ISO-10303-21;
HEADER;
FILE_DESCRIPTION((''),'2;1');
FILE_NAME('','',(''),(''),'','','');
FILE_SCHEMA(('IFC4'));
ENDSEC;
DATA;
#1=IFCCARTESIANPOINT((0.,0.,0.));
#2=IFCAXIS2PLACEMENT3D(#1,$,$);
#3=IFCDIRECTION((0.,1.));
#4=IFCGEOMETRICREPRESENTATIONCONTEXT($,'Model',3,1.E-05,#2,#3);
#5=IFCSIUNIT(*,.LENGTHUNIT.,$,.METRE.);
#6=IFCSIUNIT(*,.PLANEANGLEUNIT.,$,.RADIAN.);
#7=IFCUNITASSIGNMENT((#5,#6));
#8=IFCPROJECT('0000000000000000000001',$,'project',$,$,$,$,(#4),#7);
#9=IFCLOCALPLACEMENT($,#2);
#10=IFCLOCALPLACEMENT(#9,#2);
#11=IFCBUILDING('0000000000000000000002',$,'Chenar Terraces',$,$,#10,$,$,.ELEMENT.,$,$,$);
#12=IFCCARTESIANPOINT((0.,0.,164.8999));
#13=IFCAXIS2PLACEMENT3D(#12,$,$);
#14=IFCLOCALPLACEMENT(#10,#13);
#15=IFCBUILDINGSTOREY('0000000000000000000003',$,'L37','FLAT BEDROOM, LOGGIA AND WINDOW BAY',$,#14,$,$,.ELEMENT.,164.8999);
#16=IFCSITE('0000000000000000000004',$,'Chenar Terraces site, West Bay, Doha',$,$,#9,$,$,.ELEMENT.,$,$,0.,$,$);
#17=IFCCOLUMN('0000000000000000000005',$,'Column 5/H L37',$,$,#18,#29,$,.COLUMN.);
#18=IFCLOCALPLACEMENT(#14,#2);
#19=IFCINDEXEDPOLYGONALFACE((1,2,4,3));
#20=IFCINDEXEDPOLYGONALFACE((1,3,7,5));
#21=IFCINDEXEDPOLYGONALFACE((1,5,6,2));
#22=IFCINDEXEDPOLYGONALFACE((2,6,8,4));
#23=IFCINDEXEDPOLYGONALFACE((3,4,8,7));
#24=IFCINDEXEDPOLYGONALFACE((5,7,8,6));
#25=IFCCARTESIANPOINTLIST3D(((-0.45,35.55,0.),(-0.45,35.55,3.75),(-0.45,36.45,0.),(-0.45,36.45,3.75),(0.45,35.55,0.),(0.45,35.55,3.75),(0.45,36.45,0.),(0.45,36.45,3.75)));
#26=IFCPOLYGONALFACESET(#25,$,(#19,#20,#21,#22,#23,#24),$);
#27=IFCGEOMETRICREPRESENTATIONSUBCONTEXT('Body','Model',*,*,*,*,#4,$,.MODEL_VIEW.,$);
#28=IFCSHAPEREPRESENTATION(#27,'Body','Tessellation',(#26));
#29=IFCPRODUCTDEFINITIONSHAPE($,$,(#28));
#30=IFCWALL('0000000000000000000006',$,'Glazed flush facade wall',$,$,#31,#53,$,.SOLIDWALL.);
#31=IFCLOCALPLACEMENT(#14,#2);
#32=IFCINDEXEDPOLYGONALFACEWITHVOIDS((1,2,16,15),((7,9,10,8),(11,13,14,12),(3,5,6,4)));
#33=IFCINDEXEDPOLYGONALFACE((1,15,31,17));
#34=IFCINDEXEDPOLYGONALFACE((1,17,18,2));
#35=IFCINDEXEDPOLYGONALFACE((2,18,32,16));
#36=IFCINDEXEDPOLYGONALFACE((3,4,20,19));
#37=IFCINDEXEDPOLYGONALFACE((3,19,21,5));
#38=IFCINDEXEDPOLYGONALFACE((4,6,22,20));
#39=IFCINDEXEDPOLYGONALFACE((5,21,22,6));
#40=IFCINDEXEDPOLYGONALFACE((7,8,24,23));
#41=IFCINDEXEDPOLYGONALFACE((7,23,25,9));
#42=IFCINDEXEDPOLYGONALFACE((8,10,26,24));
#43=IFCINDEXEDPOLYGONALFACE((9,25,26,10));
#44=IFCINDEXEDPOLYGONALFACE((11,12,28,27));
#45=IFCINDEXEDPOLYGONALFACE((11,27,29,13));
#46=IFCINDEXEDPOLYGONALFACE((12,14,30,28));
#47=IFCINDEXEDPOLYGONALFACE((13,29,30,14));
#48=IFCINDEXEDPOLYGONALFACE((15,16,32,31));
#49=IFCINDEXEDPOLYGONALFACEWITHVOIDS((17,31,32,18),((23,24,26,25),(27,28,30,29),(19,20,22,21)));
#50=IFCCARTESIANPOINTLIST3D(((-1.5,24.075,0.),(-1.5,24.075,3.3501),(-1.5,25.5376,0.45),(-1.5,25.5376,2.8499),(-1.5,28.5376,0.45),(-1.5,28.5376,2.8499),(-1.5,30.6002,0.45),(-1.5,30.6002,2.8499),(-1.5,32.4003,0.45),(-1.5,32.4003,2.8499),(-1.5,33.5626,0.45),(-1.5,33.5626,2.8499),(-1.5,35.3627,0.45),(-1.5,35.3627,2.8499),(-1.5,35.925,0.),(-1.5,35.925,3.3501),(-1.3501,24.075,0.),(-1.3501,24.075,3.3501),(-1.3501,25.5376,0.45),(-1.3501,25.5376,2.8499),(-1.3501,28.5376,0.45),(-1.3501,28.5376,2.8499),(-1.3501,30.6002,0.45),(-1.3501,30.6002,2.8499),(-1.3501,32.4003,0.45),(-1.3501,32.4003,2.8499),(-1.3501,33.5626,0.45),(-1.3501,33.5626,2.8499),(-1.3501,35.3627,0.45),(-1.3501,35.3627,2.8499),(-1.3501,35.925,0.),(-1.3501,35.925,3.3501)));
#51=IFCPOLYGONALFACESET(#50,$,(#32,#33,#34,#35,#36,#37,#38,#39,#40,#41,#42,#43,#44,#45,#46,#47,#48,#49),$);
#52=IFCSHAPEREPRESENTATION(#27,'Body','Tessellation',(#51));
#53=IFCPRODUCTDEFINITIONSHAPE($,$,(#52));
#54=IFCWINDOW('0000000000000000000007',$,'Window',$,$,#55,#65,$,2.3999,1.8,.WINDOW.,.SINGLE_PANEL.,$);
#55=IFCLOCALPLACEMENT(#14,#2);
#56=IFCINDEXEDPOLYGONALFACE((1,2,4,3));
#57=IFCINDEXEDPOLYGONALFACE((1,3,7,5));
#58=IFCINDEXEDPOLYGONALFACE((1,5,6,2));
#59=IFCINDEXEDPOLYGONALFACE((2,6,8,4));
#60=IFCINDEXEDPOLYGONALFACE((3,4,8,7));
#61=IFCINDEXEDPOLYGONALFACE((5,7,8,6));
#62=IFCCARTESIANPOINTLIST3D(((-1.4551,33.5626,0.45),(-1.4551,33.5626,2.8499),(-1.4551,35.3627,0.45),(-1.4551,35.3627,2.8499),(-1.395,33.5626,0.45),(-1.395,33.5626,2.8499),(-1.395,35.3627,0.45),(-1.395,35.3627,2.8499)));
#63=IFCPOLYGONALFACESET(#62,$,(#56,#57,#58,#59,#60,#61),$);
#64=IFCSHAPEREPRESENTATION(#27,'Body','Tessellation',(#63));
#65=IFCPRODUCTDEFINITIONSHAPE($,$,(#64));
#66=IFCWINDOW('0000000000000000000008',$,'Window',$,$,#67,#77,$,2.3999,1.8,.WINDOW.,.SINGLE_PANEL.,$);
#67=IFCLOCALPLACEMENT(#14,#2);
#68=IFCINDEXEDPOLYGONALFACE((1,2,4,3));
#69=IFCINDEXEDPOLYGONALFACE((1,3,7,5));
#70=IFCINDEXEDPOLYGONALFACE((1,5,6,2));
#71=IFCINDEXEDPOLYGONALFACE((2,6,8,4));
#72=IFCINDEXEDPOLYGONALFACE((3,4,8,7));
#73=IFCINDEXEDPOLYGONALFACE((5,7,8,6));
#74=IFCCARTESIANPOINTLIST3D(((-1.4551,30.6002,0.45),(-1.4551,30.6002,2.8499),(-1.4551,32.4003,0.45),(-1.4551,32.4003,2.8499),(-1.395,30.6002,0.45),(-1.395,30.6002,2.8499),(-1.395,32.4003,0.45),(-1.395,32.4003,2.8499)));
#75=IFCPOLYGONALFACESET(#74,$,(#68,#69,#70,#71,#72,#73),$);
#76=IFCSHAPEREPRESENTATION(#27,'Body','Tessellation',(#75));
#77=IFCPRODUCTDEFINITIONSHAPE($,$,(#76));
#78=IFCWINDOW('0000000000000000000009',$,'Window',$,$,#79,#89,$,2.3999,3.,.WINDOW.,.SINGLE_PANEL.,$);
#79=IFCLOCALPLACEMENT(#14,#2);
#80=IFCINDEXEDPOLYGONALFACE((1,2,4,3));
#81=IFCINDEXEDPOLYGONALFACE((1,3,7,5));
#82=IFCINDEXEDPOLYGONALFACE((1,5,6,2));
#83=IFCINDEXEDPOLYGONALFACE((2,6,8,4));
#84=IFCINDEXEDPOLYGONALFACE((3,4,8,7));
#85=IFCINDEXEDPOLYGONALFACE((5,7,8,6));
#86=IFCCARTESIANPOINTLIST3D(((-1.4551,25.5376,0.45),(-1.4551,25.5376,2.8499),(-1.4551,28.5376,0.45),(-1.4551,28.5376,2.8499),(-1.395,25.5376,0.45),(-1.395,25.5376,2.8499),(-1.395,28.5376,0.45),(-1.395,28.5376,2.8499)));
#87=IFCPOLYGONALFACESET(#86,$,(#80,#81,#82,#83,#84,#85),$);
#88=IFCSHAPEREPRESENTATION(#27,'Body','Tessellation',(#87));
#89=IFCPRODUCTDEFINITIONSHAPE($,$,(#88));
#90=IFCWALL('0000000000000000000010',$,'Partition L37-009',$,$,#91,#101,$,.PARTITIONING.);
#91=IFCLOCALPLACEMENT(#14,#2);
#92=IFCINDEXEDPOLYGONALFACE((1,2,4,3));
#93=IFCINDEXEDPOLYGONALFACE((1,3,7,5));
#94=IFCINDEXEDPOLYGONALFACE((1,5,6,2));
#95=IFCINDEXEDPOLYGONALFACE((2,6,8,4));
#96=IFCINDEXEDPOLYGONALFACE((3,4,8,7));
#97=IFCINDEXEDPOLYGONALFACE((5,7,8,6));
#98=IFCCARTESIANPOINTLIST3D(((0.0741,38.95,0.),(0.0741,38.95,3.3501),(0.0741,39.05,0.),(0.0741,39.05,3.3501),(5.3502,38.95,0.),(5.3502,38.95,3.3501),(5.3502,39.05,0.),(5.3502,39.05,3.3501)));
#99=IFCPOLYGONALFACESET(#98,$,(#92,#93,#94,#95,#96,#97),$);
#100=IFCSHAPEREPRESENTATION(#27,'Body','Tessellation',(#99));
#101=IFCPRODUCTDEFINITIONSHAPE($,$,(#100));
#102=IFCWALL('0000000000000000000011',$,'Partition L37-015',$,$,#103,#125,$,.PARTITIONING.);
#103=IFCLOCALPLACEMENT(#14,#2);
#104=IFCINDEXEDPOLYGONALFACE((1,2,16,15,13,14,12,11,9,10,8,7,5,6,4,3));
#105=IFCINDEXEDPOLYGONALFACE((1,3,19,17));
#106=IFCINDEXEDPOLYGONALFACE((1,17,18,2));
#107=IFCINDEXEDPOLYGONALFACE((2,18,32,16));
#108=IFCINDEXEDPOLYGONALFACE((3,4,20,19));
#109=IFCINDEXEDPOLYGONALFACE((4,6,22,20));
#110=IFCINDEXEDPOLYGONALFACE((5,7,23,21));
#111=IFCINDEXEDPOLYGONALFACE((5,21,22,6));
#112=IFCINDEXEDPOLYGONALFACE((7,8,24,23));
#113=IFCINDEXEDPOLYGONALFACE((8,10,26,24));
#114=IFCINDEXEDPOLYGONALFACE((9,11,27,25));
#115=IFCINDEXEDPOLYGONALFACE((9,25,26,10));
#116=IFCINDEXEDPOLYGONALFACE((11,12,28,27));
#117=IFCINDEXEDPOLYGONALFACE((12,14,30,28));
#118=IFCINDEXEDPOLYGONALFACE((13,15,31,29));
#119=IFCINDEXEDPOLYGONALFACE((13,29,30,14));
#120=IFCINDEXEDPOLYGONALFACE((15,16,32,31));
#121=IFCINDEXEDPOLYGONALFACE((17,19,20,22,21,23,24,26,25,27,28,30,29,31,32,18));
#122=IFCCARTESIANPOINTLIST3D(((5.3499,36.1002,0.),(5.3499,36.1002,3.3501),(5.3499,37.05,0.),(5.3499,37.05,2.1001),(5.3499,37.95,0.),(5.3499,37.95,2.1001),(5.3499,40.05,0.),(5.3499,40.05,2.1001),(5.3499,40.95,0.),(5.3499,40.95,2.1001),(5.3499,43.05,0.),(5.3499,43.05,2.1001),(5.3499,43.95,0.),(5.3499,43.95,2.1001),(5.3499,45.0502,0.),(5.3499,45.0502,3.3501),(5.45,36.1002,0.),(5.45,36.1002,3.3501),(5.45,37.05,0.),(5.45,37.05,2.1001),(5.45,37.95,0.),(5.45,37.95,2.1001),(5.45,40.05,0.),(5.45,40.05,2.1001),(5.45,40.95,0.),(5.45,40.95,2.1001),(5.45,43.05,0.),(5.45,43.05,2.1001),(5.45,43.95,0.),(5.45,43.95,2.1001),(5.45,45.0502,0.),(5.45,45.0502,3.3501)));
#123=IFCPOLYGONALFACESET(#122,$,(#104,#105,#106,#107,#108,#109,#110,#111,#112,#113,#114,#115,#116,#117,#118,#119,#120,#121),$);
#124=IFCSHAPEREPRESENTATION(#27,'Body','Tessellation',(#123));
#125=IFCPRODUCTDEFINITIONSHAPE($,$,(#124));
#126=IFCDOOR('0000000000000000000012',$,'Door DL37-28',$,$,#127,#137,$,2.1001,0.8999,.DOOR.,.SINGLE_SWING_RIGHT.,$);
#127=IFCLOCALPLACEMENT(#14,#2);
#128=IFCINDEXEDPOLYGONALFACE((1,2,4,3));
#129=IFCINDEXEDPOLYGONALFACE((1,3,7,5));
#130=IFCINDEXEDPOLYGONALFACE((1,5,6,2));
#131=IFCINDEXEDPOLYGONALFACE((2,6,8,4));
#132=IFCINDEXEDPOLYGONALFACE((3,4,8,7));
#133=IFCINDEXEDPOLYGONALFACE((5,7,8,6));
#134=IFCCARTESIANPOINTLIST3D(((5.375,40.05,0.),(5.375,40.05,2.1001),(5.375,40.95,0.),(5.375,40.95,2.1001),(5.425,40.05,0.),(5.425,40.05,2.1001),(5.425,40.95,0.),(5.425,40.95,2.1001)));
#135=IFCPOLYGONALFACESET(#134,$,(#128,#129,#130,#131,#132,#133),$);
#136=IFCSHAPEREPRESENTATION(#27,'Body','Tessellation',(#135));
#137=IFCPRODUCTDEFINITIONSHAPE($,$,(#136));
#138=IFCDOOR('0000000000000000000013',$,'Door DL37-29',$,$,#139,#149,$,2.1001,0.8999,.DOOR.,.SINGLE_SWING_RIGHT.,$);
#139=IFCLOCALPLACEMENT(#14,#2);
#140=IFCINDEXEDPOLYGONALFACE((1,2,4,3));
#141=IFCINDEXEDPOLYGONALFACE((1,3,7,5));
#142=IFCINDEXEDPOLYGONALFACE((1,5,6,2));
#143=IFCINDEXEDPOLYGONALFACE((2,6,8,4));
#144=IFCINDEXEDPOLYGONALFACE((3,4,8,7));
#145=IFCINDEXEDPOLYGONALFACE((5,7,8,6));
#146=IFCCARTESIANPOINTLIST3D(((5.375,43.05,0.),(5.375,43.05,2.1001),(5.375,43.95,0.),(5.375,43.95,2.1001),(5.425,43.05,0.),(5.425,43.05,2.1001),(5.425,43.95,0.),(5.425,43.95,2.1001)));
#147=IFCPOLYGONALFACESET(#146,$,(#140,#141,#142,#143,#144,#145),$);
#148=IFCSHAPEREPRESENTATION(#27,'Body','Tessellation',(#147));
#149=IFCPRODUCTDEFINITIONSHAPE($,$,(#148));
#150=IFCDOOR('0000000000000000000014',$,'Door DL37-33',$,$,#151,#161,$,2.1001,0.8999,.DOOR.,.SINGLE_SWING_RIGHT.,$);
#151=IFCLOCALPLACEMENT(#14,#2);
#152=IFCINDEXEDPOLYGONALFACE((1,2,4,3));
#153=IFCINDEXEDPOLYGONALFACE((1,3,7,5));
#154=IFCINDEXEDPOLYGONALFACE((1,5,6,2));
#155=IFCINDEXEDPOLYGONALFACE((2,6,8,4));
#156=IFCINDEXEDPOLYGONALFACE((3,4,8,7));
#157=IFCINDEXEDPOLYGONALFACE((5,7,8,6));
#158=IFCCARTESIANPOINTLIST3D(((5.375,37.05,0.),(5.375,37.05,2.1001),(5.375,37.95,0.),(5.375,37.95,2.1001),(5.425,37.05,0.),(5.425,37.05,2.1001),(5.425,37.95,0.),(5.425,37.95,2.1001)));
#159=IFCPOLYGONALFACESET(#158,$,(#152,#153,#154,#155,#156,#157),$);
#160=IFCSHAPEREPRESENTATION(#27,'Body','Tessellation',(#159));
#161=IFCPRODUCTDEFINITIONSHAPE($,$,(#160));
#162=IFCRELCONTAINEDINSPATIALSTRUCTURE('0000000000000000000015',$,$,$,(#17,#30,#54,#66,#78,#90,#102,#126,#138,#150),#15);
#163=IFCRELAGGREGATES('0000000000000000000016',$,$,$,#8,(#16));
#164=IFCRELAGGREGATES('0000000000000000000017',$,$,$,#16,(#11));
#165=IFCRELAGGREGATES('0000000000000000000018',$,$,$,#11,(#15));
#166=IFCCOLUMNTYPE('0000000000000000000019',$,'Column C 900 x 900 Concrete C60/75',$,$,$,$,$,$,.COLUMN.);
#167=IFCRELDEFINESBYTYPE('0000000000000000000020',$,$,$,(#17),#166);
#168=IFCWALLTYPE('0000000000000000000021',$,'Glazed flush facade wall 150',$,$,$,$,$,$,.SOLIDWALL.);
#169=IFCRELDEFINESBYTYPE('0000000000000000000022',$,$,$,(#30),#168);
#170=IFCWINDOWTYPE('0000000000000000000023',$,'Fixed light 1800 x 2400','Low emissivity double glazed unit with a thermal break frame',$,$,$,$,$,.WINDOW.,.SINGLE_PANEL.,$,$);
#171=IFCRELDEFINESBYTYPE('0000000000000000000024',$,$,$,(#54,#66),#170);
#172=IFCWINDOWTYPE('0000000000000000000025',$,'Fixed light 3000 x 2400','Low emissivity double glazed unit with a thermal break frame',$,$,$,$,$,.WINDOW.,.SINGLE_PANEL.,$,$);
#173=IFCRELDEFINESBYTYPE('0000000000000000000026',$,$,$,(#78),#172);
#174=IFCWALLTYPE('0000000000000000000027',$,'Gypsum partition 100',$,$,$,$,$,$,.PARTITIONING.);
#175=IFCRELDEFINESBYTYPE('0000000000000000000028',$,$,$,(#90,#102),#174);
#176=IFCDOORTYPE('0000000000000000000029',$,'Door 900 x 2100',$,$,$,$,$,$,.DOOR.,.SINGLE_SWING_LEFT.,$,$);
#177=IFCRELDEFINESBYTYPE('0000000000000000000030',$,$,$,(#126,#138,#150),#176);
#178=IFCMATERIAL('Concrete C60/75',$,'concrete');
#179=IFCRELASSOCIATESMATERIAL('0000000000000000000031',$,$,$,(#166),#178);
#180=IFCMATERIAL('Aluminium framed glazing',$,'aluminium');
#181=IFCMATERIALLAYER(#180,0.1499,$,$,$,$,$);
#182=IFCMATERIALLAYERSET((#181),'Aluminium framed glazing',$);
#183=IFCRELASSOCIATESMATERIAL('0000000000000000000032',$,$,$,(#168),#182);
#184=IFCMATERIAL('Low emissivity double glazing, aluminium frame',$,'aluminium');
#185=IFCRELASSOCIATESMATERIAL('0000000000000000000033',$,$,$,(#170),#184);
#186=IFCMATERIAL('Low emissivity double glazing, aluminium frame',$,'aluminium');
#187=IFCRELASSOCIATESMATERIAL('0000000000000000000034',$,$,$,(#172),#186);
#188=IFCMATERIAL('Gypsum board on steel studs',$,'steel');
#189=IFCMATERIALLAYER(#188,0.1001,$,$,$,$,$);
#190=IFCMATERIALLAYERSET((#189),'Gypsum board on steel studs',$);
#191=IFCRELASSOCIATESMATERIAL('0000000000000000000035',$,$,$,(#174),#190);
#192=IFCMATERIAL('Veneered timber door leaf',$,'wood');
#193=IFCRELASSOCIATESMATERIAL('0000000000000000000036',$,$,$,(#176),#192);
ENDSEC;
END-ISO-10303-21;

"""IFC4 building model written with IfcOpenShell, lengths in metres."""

from ifc_helpers import new_model, si_unit, direction, frame, frame_2d, origin, origin_2d, place, context, subcontext, project, spatial, rectangle, extrude, material, layer, layer_set, material_profile, profile_set, type_object, element, fill, save


model = new_model("IFC4")

# Units and contexts
model_context = context("Model", 3, precision=1e-05, world=origin(), true_north=direction((0.0, 1.0)))
body_context = subcontext(model_context, "Body", "Model", "MODEL_VIEW")
ifc_project = project(units=[si_unit("LENGTHUNIT", "METRE"), si_unit("PLANEANGLEUNIT", "RADIAN")], contexts=[model_context])

# Site, building, storey
site_placement = place(None, origin())
site = spatial("IfcSite", under=ifc_project, at=site_placement, Name="Chenar Terraces site, West Bay, Doha", CompositionType="ELEMENT", RefElevation=0.0)
building_placement = place(site_placement, origin())
building = spatial("IfcBuilding", under=site, at=building_placement, Name="Chenar Terraces", CompositionType="ELEMENT")
storey_placement = place(building_placement, frame((0.0, 0.0, 164.8999)))
storey = spatial("IfcBuildingStorey", under=building, at=storey_placement, Name="L37", Description="FLAT BEDROOM, LOGGIA AND WINDOW BAY", CompositionType="ELEMENT", Elevation=164.8999)

# Column
ifc_material_1 = material(Name="Concrete C60/75", Category="concrete")
ifc_material_profile_1 = material_profile(ifc_material_1, rectangle(XDim=0.8999, YDim=0.8999, at=origin_2d()), Name="C 900 x 900")
ifc_profile_set_1 = profile_set([ifc_material_profile_1], Name="Concrete C60/75")
column_type = type_object("IfcColumnType", Name="Column C 900 x 900 Concrete C60/75", PredefinedType="COLUMN", material=ifc_profile_set_1)
placement = place(storey_placement, frame((0.0, 36.0, 0.0), z_axis=(0.0, 0.0, 1.0), x_axis=(1.0, 0.0, 0.0)))
element("IfcColumn", 1, at=placement, inside=storey, type_object=column_type, Name="Column 5/H L37", PredefinedType="COLUMN", context=body_context, shape_type="SweptSolid", body=[
    extrude(rectangle(XDim=0.8999, YDim=0.8999, at=origin_2d()), origin(), (0.0, 0.0, 1.0), 3.75),
])

# Wall, openings, windows
ifc_material_2 = material(Name="Aluminium framed glazing", Category="aluminium")
ifc_layer_1 = layer(ifc_material_2, 0.1499)
ifc_layer_set_1 = layer_set([ifc_layer_1], Name="Aluminium framed glazing")
wall_type_1 = type_object("IfcWallType", Name="Glazed flush facade wall 150", PredefinedType="SOLIDWALL", material=ifc_layer_set_1)
wall_1_placement = place(storey_placement, frame((-1.425, 35.925, 0.0), z_axis=(0.0, 0.0, 1.0), x_axis=(0.0, -1.0, 0.0)))
wall_1 = element("IfcWall", 2, at=wall_1_placement, inside=storey, type_object=wall_type_1, Name="Glazed flush facade wall", PredefinedType="SOLIDWALL", context=body_context, shape_type="SweptSolid", body=[
    extrude(rectangle(XDim=11.8501, YDim=0.1499, at=frame_2d((5.925, 0.0))), origin(), (0.0, 0.0, 1.0), 3.3501),
])
opening_1_placement = place(wall_1_placement, frame((0.5625, 0.0, 0.45)))
opening_1 = element("IfcOpeningElement", 3, at=opening_1_placement, cuts=wall_1, PredefinedType="OPENING", context=body_context, shape_type="SweptSolid", body=[
    extrude(rectangle(XDim=1.8, YDim=2.3999, at=frame_2d((0.8999, 1.2))), frame((0.0, 0.085, 0.0), z_axis=(0.0, -1.0, 0.0), x_axis=(1.0, 0.0, 0.0)), (0.0, 0.0, 1.0), 0.1699),
])
opening_2_placement = place(wall_1_placement, frame((3.5249, 0.0, 0.45)))
opening_2 = element("IfcOpeningElement", 4, at=opening_2_placement, cuts=wall_1, PredefinedType="OPENING", context=body_context, shape_type="SweptSolid", body=[
    extrude(rectangle(XDim=1.8, YDim=2.3999, at=frame_2d((0.8999, 1.2))), frame((0.0, 0.085, 0.0), z_axis=(0.0, -1.0, 0.0), x_axis=(1.0, 0.0, 0.0)), (0.0, 0.0, 1.0), 0.1699),
])
opening_3_placement = place(wall_1_placement, frame((7.3875, 0.0, 0.45)))
opening_3 = element("IfcOpeningElement", 5, at=opening_3_placement, cuts=wall_1, PredefinedType="OPENING", context=body_context, shape_type="SweptSolid", body=[
    extrude(rectangle(XDim=3.0, YDim=2.3999, at=frame_2d((1.5, 1.2))), frame((0.0, 0.085, 0.0), z_axis=(0.0, -1.0, 0.0), x_axis=(1.0, 0.0, 0.0)), (0.0, 0.0, 1.0), 0.1699),
])
ifc_material_3 = material(Name="Low emissivity double glazing, aluminium frame", Category="aluminium")
window_type_1 = type_object("IfcWindowType", Name="Fixed light 1800 x 2400", Description="Low emissivity double glazed unit with a thermal break frame", PartitioningType="SINGLE_PANEL", PredefinedType="WINDOW", material=ifc_material_3)
window_1_placement = place(opening_1_placement, origin())
window_1 = element("IfcWindow", 6, at=window_1_placement, inside=storey, type_object=window_type_1, Name="Window", OverallHeight=2.3999, OverallWidth=1.8, PartitioningType="SINGLE_PANEL", PredefinedType="WINDOW", context=body_context, shape_type="SweptSolid", body=[
    extrude(rectangle(XDim=1.8, YDim=2.3999, at=frame_2d((0.8999, 1.2))), frame((0.0, 0.03, 0.0), z_axis=(0.0, -1.0, 0.0), x_axis=(1.0, 0.0, 0.0)), (0.0, 0.0, 1.0), 0.0601),
])
fill(opening_1, window_1)
window_2_placement = place(opening_2_placement, origin())
window_2 = element("IfcWindow", 7, at=window_2_placement, inside=storey, type_object=window_type_1, Name="Window", OverallHeight=2.3999, OverallWidth=1.8, PartitioningType="SINGLE_PANEL", PredefinedType="WINDOW", context=body_context, shape_type="SweptSolid", body=[
    extrude(rectangle(XDim=1.8, YDim=2.3999, at=frame_2d((0.8999, 1.2))), frame((0.0, 0.03, 0.0), z_axis=(0.0, -1.0, 0.0), x_axis=(1.0, 0.0, 0.0)), (0.0, 0.0, 1.0), 0.0601),
])
fill(opening_2, window_2)
ifc_material_4 = material(Name="Low emissivity double glazing, aluminium frame", Category="aluminium")
window_type_2 = type_object("IfcWindowType", Name="Fixed light 3000 x 2400", Description="Low emissivity double glazed unit with a thermal break frame", PartitioningType="SINGLE_PANEL", PredefinedType="WINDOW", material=ifc_material_4)
window_3_placement = place(opening_3_placement, origin())
window_3 = element("IfcWindow", 8, at=window_3_placement, inside=storey, type_object=window_type_2, Name="Window", OverallHeight=2.3999, OverallWidth=3.0, PartitioningType="SINGLE_PANEL", PredefinedType="WINDOW", context=body_context, shape_type="SweptSolid", body=[
    extrude(rectangle(XDim=3.0, YDim=2.3999, at=frame_2d((1.5, 1.2))), frame((0.0, 0.03, 0.0), z_axis=(0.0, -1.0, 0.0), x_axis=(1.0, 0.0, 0.0)), (0.0, 0.0, 1.0), 0.0601),
])
fill(opening_3, window_3)

# Wall
ifc_material_5 = material(Name="Gypsum board on steel studs", Category="steel")
ifc_layer_2 = layer(ifc_material_5, 0.1001)
ifc_layer_set_2 = layer_set([ifc_layer_2], Name="Gypsum board on steel studs")
wall_type_2 = type_object("IfcWallType", Name="Gypsum partition 100", PredefinedType="PARTITIONING", material=ifc_layer_set_2)
wall_2_placement = place(storey_placement, frame((0.074, 39.0, 0.0), z_axis=(0.0, 0.0, 1.0), x_axis=(1.0, 0.0, 0.0)))
element("IfcWall", 9, at=wall_2_placement, inside=storey, type_object=wall_type_2, Name="Partition L37-009", PredefinedType="PARTITIONING", context=body_context, shape_type="SweptSolid", body=[
    extrude(rectangle(XDim=5.2761, YDim=0.1001, at=frame_2d((2.6382, 0.0))), origin(), (0.0, 0.0, 1.0), 3.3501),
])

# Wall, openings, doors
wall_3_placement = place(storey_placement, frame((5.3999, 36.1001, 0.0), z_axis=(0.0, 0.0, 1.0), x_axis=(0.0, 1.0, 0.0)))
wall_3 = element("IfcWall", 10, at=wall_3_placement, inside=storey, type_object=wall_type_2, Name="Partition L37-015", PredefinedType="PARTITIONING", context=body_context, shape_type="SweptSolid", body=[
    extrude(rectangle(XDim=8.95, YDim=0.1001, at=frame_2d((4.4751, 0.0))), origin(), (0.0, 0.0, 1.0), 3.3501),
])
opening_4_placement = place(wall_3_placement, frame((3.95, 0.0, 0.0)))
opening_4 = element("IfcOpeningElement", 11, at=opening_4_placement, cuts=wall_3, PredefinedType="OPENING", context=body_context, shape_type="SweptSolid", body=[
    extrude(rectangle(XDim=0.8999, YDim=2.1001, at=frame_2d((0.45, 1.05))), frame((0.0, 0.0601, 0.0), z_axis=(0.0, -1.0, 0.0), x_axis=(1.0, 0.0, 0.0)), (0.0, 0.0, 1.0), 0.1201),
])
opening_5_placement = place(wall_3_placement, frame((6.95, 0.0, 0.0)))
opening_5 = element("IfcOpeningElement", 12, at=opening_5_placement, cuts=wall_3, PredefinedType="OPENING", context=body_context, shape_type="SweptSolid", body=[
    extrude(rectangle(XDim=0.8999, YDim=2.1001, at=frame_2d((0.45, 1.05))), frame((0.0, 0.0601, 0.0), z_axis=(0.0, -1.0, 0.0), x_axis=(1.0, 0.0, 0.0)), (0.0, 0.0, 1.0), 0.1201),
])
opening_6_placement = place(wall_3_placement, frame((0.95, 0.0, 0.0)))
opening_6 = element("IfcOpeningElement", 13, at=opening_6_placement, cuts=wall_3, PredefinedType="OPENING", context=body_context, shape_type="SweptSolid", body=[
    extrude(rectangle(XDim=0.8999, YDim=2.1001, at=frame_2d((0.45, 1.05))), frame((0.0, 0.0601, 0.0), z_axis=(0.0, -1.0, 0.0), x_axis=(1.0, 0.0, 0.0)), (0.0, 0.0, 1.0), 0.1201),
])
ifc_material_6 = material(Name="Veneered timber door leaf", Category="wood")
door_type_1 = type_object("IfcDoorType", Name="Door 900 x 2100", OperationType="SINGLE_SWING_LEFT", PredefinedType="DOOR", material=ifc_material_6)
door_1_placement = place(opening_4_placement, origin())
door_1 = element("IfcDoor", 14, at=door_1_placement, inside=storey, type_object=door_type_1, Name="Door DL37-28", OperationType="SINGLE_SWING_RIGHT", OverallHeight=2.1001, OverallWidth=0.8999, PredefinedType="DOOR", context=body_context, shape_type="SweptSolid", body=[
    extrude(rectangle(XDim=0.8999, YDim=2.1001, at=frame_2d((0.45, 1.05))), frame((0.0, 0.0249, 0.0), z_axis=(0.0, -1.0, 0.0), x_axis=(1.0, 0.0, 0.0)), (0.0, 0.0, 1.0), 0.05),
])
fill(opening_4, door_1)
door_2_placement = place(opening_5_placement, origin())
door_2 = element("IfcDoor", 15, at=door_2_placement, inside=storey, type_object=door_type_1, Name="Door DL37-29", OperationType="SINGLE_SWING_RIGHT", OverallHeight=2.1001, OverallWidth=0.8999, PredefinedType="DOOR", context=body_context, shape_type="SweptSolid", body=[
    extrude(rectangle(XDim=0.8999, YDim=2.1001, at=frame_2d((0.45, 1.05))), frame((0.0, 0.0249, 0.0), z_axis=(0.0, -1.0, 0.0), x_axis=(1.0, 0.0, 0.0)), (0.0, 0.0, 1.0), 0.05),
])
fill(opening_5, door_2)
door_3_placement = place(opening_6_placement, origin())
door_3 = element("IfcDoor", 16, at=door_3_placement, inside=storey, type_object=door_type_1, Name="Door DL37-33", OperationType="SINGLE_SWING_RIGHT", OverallHeight=2.1001, OverallWidth=0.8999, PredefinedType="DOOR", context=body_context, shape_type="SweptSolid", body=[
    extrude(rectangle(XDim=0.8999, YDim=2.1001, at=frame_2d((0.45, 1.05))), frame((0.0, 0.0249, 0.0), z_axis=(0.0, -1.0, 0.0), x_axis=(1.0, 0.0, 0.0)), (0.0, 0.0, 1.0), 0.05),
])
fill(opening_6, door_3)

save(model, "model.ifc")
